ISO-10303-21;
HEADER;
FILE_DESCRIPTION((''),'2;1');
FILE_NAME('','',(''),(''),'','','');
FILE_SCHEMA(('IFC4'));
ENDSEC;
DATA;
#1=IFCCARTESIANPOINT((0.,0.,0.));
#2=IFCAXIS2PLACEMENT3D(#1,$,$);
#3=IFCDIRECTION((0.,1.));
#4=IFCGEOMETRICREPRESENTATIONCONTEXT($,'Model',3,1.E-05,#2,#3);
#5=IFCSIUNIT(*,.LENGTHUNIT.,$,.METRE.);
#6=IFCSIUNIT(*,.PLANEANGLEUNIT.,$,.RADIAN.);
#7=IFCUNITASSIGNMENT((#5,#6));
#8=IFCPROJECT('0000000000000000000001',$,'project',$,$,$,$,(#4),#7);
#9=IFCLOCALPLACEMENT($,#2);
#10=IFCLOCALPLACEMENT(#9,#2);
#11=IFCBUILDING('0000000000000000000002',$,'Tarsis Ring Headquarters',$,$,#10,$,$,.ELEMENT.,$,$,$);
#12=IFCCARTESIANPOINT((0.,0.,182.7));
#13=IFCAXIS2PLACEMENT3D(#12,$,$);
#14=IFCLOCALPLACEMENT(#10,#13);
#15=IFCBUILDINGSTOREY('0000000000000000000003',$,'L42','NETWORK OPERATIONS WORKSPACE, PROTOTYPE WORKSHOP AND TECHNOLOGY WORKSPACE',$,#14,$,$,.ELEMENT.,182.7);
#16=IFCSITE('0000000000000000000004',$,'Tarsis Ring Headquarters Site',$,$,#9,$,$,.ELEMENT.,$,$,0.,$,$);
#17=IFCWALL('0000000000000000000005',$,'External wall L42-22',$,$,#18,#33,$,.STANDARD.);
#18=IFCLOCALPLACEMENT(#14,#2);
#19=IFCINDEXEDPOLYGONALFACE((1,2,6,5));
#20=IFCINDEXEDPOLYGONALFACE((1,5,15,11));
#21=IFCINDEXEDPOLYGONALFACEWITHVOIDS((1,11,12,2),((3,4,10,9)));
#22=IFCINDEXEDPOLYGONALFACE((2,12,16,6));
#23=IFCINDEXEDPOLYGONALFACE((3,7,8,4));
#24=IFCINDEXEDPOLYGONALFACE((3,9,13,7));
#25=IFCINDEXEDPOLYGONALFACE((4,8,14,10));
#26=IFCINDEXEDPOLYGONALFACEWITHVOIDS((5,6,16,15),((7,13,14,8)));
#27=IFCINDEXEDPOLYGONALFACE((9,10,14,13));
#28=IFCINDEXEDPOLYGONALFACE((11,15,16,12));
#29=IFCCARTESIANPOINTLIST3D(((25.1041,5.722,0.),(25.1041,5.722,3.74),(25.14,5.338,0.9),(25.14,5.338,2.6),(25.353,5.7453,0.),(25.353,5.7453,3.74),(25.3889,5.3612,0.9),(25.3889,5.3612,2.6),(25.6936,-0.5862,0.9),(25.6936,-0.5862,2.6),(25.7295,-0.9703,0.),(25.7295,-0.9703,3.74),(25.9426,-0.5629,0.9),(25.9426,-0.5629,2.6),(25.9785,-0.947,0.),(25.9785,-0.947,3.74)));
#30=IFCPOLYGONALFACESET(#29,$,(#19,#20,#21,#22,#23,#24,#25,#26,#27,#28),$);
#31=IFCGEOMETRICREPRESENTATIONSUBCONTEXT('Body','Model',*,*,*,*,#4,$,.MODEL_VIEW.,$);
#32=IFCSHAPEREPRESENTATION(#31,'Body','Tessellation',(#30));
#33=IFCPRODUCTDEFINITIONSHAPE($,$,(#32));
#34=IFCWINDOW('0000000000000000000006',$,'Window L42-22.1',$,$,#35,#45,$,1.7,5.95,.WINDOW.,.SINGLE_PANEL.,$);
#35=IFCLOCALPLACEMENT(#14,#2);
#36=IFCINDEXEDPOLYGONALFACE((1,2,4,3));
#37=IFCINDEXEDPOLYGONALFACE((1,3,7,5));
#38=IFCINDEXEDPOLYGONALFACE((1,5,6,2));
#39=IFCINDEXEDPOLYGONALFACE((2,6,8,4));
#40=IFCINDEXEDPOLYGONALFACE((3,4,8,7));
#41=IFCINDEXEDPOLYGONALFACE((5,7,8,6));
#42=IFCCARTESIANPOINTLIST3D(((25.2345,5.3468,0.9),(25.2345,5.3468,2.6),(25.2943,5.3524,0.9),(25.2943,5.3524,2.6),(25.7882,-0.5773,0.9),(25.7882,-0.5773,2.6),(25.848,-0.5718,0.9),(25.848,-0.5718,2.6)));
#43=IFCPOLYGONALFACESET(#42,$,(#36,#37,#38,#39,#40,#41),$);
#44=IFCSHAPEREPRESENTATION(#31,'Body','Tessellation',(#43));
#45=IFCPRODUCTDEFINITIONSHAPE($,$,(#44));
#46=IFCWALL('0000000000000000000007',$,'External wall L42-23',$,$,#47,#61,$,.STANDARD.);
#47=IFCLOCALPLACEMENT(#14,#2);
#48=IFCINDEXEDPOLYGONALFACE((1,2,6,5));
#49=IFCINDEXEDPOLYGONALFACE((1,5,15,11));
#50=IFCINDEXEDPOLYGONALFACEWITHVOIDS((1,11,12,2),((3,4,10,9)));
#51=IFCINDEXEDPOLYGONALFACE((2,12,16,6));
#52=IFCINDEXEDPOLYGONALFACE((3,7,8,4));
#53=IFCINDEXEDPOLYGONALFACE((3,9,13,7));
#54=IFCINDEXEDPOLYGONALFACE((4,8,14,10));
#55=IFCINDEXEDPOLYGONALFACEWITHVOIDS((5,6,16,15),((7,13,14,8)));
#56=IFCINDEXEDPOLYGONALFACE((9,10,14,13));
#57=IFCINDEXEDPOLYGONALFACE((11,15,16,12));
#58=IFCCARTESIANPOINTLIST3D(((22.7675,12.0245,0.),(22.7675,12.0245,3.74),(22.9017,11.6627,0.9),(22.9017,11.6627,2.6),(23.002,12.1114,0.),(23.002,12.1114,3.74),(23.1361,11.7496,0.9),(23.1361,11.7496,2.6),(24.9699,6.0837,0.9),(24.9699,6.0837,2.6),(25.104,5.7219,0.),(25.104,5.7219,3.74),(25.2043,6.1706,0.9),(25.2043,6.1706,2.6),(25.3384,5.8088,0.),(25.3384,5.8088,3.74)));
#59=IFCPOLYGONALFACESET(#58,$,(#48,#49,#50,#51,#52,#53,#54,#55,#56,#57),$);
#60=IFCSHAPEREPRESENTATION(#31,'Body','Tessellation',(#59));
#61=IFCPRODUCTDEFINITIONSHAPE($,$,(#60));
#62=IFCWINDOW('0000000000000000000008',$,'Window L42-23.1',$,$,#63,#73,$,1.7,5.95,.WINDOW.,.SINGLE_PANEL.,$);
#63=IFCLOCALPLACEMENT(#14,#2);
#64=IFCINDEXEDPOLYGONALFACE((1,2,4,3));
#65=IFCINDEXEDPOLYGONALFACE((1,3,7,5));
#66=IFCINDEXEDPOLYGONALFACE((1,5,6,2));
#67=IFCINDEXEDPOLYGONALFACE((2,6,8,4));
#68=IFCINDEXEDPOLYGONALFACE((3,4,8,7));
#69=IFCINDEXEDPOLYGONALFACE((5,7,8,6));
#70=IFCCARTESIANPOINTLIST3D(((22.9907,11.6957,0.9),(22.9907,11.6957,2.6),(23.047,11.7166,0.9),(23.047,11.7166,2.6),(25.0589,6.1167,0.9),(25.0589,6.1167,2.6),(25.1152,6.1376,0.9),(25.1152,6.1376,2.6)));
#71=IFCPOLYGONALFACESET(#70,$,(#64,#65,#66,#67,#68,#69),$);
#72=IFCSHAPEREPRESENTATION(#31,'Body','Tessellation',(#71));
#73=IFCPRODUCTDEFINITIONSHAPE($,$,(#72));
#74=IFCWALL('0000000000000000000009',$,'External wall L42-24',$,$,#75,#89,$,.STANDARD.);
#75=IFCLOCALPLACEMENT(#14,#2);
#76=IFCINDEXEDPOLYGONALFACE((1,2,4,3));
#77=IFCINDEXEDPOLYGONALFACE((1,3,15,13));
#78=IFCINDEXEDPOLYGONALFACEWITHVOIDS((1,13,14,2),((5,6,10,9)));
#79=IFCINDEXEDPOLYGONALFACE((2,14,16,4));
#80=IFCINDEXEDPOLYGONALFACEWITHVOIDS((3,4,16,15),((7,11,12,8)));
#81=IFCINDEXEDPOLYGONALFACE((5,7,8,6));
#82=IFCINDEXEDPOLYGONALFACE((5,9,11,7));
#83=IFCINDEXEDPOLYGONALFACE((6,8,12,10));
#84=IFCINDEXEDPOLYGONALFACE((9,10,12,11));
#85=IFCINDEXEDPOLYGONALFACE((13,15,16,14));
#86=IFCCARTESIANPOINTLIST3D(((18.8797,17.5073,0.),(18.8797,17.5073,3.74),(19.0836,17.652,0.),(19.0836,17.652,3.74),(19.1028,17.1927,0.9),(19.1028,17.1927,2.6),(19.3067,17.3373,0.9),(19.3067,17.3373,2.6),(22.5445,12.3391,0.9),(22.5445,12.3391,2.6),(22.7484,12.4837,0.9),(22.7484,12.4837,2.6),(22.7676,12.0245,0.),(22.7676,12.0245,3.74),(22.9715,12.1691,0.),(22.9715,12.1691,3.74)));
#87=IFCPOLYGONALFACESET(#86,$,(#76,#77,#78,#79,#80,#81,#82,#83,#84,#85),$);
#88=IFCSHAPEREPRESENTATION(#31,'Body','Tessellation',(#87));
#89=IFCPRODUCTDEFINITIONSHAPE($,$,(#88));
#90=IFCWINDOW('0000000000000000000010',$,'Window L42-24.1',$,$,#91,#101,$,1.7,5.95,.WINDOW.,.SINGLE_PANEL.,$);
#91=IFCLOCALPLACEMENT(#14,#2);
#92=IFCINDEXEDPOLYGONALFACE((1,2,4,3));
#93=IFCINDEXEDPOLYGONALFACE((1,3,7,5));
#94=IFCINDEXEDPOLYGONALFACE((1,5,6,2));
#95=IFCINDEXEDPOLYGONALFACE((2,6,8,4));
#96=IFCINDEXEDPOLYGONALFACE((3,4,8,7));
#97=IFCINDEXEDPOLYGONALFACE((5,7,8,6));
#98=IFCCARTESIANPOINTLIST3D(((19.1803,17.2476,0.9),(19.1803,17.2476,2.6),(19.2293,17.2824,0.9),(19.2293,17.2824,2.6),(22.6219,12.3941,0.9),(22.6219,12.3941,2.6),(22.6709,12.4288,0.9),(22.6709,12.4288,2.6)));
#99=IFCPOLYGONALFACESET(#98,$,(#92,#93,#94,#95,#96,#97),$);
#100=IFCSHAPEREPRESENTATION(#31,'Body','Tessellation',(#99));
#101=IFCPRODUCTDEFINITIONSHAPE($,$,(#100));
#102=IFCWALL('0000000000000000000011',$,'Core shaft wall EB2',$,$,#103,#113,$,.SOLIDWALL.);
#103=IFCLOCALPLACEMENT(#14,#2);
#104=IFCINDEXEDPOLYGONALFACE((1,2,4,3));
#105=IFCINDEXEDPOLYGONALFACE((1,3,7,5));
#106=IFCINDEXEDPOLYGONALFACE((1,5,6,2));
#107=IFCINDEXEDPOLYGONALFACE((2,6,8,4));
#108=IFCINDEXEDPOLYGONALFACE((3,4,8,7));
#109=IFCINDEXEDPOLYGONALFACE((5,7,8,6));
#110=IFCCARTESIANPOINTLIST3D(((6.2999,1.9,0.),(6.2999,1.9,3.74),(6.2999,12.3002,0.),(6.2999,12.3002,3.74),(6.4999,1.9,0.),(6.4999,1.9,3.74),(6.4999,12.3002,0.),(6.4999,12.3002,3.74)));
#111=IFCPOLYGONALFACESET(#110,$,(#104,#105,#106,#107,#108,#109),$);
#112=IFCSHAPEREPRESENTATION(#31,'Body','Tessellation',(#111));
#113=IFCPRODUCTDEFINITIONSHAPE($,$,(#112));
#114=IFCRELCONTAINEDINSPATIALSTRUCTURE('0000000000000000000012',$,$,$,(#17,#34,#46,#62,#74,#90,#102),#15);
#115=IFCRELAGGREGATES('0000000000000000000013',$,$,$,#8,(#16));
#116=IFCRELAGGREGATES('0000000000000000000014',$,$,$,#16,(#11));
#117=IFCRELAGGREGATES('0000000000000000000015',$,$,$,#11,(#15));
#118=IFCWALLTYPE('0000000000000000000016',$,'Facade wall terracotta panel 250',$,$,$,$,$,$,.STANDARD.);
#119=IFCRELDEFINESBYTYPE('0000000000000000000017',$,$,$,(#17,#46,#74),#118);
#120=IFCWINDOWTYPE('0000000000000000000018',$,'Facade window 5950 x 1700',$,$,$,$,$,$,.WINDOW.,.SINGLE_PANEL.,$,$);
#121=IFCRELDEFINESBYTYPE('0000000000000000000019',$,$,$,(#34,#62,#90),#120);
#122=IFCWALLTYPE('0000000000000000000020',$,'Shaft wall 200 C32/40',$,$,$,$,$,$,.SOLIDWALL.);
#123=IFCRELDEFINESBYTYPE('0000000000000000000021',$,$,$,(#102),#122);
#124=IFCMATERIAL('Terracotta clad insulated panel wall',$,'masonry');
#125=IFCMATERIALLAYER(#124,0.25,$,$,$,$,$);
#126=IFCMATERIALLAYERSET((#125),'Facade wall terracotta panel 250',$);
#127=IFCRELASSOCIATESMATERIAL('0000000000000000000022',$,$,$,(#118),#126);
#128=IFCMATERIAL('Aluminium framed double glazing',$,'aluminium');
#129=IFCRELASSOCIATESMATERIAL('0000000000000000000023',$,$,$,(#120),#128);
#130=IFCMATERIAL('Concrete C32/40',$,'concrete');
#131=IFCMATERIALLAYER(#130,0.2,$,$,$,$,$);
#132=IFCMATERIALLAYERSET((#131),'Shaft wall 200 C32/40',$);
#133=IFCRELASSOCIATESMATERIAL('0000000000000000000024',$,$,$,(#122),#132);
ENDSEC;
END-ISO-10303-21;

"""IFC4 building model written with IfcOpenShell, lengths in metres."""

from ifc_helpers import new_model, si_unit, direction, frame, frame_2d, origin, place, context, subcontext, project, spatial, rectangle, extrude, material, layer, layer_set, type_object, element, fill, save


model = new_model("IFC4")

# Units and contexts
model_context = context("Model", 3, precision=1e-05, world=origin(), true_north=direction((0.0, 1.0)))
body_context = subcontext(model_context, "Body", "Model", "MODEL_VIEW")
ifc_project = project(units=[si_unit("LENGTHUNIT", "METRE"), si_unit("PLANEANGLEUNIT", "RADIAN")], contexts=[model_context])

# Site, building, storey
site_placement = place(None, origin())
site = spatial("IfcSite", under=ifc_project, at=site_placement, Name="Tarsis Ring Headquarters Site", CompositionType="ELEMENT", RefElevation=0.0)
building_placement = place(site_placement, origin())
building = spatial("IfcBuilding", under=site, at=building_placement, Name="Tarsis Ring Headquarters", CompositionType="ELEMENT")
storey_placement = place(building_placement, frame((0.0, 0.0, 182.7)))
storey = spatial("IfcBuildingStorey", under=building, at=storey_placement, Name="L42", Description="NETWORK OPERATIONS WORKSPACE, PROTOTYPE WORKSHOP AND TECHNOLOGY WORKSPACE", CompositionType="ELEMENT", Elevation=182.7)

# Walls, openings, windows
ifc_material_1 = material(Name="Terracotta clad insulated panel wall", Category="masonry")
ifc_layer_1 = layer(ifc_material_1, 0.25)
ifc_layer_set_1 = layer_set([ifc_layer_1], Name="Facade wall terracotta panel 250")
wall_type_1 = type_object("IfcWallType", Name="Facade wall terracotta panel 250", PredefinedType="STANDARD", material=ifc_layer_set_1)
wall_1_placement = place(storey_placement, frame((25.854, -0.9587, 0.0), z_axis=(0.0, 0.0, 1.0), x_axis=(-0.093057, 0.995661, 0.0)))
wall_1 = element("IfcWall", 1, at=wall_1_placement, inside=storey, type_object=wall_type_1, Name="External wall L42-22", PredefinedType="STANDARD", context=body_context, shape_type="SweptSolid", body=[
    extrude(rectangle(XDim=6.7214, YDim=0.25, at=frame_2d((3.3608, 0.0))), origin(), (0.0, 0.0, 1.0), 3.74),
])
opening_1_placement = place(wall_1_placement, frame((0.3857, 0.0, 0.8999)))
opening_1 = element("IfcOpeningElement", 2, at=opening_1_placement, cuts=wall_1, PredefinedType="OPENING", context=body_context, shape_type="SweptSolid", body=[
    extrude(rectangle(XDim=5.95, YDim=1.7, at=frame_2d((2.9751, 0.8501))), frame((0.0, 0.135, 0.0), z_axis=(0.0, -1.0, 0.0), x_axis=(1.0, 0.0, 0.0)), (0.0, 0.0, 1.0), 0.27),
])
ifc_material_2 = material(Name="Aluminium framed double glazing", Category="aluminium")
window_type = type_object("IfcWindowType", Name="Facade window 5950 x 1700", PartitioningType="SINGLE_PANEL", PredefinedType="WINDOW", material=ifc_material_2)
window_1_placement = place(opening_1_placement, origin())
window_1 = element("IfcWindow", 3, at=window_1_placement, inside=storey, type_object=window_type, Name="Window L42-22.1", OverallHeight=1.7, OverallWidth=5.95, PartitioningType="SINGLE_PANEL", PredefinedType="WINDOW", context=body_context, shape_type="SweptSolid", body=[
    extrude(rectangle(XDim=5.95, YDim=1.7, at=frame_2d((2.9751, 0.8501))), frame((0.0, 0.03, 0.0), z_axis=(0.0, -1.0, 0.0), x_axis=(1.0, 0.0, 0.0)), (0.0, 0.0, 1.0), 0.0601),
])
fill(opening_1, window_1)
wall_2_placement = place(storey_placement, frame((25.2212, 5.7654, 0.0), z_axis=(0.0, 0.0, 1.0), x_axis=(-0.347598, 0.937644, 0.0)))
wall_2 = element("IfcWall", 4, at=wall_2_placement, inside=storey, type_object=wall_type_1, Name="External wall L42-23", PredefinedType="STANDARD", context=body_context, shape_type="SweptSolid", body=[
    extrude(rectangle(XDim=6.7217, YDim=0.25, at=frame_2d((3.3608, 0.0))), origin(), (0.0, 0.0, 1.0), 3.74),
])
opening_2_placement = place(wall_2_placement, frame((0.3857, 0.0, 0.8999)))
opening_2 = element("IfcOpeningElement", 5, at=opening_2_placement, cuts=wall_2, PredefinedType="OPENING", context=body_context, shape_type="SweptSolid", body=[
    extrude(rectangle(XDim=5.95, YDim=1.7, at=frame_2d((2.9751, 0.8501))), frame((0.0, 0.135, 0.0), z_axis=(0.0, -1.0, 0.0), x_axis=(1.0, 0.0, 0.0)), (0.0, 0.0, 1.0), 0.27),
])
window_2_placement = place(opening_2_placement, origin())
window_2 = element("IfcWindow", 6, at=window_2_placement, inside=storey, type_object=window_type, Name="Window L42-23.1", OverallHeight=1.7, OverallWidth=5.95, PartitioningType="SINGLE_PANEL", PredefinedType="WINDOW", context=body_context, shape_type="SweptSolid", body=[
    extrude(rectangle(XDim=5.95, YDim=1.7, at=frame_2d((2.9751, 0.8501))), frame((0.0, 0.03, 0.0), z_axis=(0.0, -1.0, 0.0), x_axis=(1.0, 0.0, 0.0)), (0.0, 0.0, 1.0), 0.0601),
])
fill(opening_2, window_2)
wall_3_placement = place(storey_placement, frame((22.8696, 12.0967, 0.0), z_axis=(0.0, 0.0, 1.0), x_axis=(-0.578434, 0.815729, 0.0)))
wall_3 = element("IfcWall", 7, at=wall_3_placement, inside=storey, type_object=wall_type_1, Name="External wall L42-24", PredefinedType="STANDARD", context=body_context, shape_type="SweptSolid", body=[
    extrude(rectangle(XDim=6.7214, YDim=0.25, at=frame_2d((3.3608, 0.0))), origin(), (0.0, 0.0, 1.0), 3.74),
])
opening_3_placement = place(wall_3_placement, frame((0.3857, 0.0, 0.8999)))
opening_3 = element("IfcOpeningElement", 8, at=opening_3_placement, cuts=wall_3, PredefinedType="OPENING", context=body_context, shape_type="SweptSolid", body=[
    extrude(rectangle(XDim=5.95, YDim=1.7, at=frame_2d((2.9751, 0.8501))), frame((0.0, 0.135, 0.0), z_axis=(0.0, -1.0, 0.0), x_axis=(1.0, 0.0, 0.0)), (0.0, 0.0, 1.0), 0.27),
])
window_3_placement = place(opening_3_placement, origin())
window_3 = element("IfcWindow", 9, at=window_3_placement, inside=storey, type_object=window_type, Name="Window L42-24.1", OverallHeight=1.7, OverallWidth=5.95, PartitioningType="SINGLE_PANEL", PredefinedType="WINDOW", context=body_context, shape_type="SweptSolid", body=[
    extrude(rectangle(XDim=5.95, YDim=1.7, at=frame_2d((2.9751, 0.8501))), frame((0.0, 0.03, 0.0), z_axis=(0.0, -1.0, 0.0), x_axis=(1.0, 0.0, 0.0)), (0.0, 0.0, 1.0), 0.0601),
])
fill(opening_3, window_3)

# Wall
ifc_material_3 = material(Name="Concrete C32/40", Category="concrete")
ifc_layer_2 = layer(ifc_material_3, 0.2)
ifc_layer_set_2 = layer_set([ifc_layer_2], Name="Shaft wall 200 C32/40")
wall_type_2 = type_object("IfcWallType", Name="Shaft wall 200 C32/40", PredefinedType="SOLIDWALL", material=ifc_layer_set_2)
wall_4_placement = place(storey_placement, frame((6.3999, 1.8999, 0.0), z_axis=(0.0, 0.0, 1.0), x_axis=(0.0, 1.0, 0.0)))
element("IfcWall", 10, at=wall_4_placement, inside=storey, type_object=wall_type_2, Name="Core shaft wall EB2", PredefinedType="SOLIDWALL", context=body_context, shape_type="SweptSolid", body=[
    extrude(rectangle(XDim=10.4001, YDim=0.2, at=frame_2d((5.2002, 0.0))), origin(), (0.0, 0.0, 1.0), 3.74),
])

save(model, "model.ifc")
